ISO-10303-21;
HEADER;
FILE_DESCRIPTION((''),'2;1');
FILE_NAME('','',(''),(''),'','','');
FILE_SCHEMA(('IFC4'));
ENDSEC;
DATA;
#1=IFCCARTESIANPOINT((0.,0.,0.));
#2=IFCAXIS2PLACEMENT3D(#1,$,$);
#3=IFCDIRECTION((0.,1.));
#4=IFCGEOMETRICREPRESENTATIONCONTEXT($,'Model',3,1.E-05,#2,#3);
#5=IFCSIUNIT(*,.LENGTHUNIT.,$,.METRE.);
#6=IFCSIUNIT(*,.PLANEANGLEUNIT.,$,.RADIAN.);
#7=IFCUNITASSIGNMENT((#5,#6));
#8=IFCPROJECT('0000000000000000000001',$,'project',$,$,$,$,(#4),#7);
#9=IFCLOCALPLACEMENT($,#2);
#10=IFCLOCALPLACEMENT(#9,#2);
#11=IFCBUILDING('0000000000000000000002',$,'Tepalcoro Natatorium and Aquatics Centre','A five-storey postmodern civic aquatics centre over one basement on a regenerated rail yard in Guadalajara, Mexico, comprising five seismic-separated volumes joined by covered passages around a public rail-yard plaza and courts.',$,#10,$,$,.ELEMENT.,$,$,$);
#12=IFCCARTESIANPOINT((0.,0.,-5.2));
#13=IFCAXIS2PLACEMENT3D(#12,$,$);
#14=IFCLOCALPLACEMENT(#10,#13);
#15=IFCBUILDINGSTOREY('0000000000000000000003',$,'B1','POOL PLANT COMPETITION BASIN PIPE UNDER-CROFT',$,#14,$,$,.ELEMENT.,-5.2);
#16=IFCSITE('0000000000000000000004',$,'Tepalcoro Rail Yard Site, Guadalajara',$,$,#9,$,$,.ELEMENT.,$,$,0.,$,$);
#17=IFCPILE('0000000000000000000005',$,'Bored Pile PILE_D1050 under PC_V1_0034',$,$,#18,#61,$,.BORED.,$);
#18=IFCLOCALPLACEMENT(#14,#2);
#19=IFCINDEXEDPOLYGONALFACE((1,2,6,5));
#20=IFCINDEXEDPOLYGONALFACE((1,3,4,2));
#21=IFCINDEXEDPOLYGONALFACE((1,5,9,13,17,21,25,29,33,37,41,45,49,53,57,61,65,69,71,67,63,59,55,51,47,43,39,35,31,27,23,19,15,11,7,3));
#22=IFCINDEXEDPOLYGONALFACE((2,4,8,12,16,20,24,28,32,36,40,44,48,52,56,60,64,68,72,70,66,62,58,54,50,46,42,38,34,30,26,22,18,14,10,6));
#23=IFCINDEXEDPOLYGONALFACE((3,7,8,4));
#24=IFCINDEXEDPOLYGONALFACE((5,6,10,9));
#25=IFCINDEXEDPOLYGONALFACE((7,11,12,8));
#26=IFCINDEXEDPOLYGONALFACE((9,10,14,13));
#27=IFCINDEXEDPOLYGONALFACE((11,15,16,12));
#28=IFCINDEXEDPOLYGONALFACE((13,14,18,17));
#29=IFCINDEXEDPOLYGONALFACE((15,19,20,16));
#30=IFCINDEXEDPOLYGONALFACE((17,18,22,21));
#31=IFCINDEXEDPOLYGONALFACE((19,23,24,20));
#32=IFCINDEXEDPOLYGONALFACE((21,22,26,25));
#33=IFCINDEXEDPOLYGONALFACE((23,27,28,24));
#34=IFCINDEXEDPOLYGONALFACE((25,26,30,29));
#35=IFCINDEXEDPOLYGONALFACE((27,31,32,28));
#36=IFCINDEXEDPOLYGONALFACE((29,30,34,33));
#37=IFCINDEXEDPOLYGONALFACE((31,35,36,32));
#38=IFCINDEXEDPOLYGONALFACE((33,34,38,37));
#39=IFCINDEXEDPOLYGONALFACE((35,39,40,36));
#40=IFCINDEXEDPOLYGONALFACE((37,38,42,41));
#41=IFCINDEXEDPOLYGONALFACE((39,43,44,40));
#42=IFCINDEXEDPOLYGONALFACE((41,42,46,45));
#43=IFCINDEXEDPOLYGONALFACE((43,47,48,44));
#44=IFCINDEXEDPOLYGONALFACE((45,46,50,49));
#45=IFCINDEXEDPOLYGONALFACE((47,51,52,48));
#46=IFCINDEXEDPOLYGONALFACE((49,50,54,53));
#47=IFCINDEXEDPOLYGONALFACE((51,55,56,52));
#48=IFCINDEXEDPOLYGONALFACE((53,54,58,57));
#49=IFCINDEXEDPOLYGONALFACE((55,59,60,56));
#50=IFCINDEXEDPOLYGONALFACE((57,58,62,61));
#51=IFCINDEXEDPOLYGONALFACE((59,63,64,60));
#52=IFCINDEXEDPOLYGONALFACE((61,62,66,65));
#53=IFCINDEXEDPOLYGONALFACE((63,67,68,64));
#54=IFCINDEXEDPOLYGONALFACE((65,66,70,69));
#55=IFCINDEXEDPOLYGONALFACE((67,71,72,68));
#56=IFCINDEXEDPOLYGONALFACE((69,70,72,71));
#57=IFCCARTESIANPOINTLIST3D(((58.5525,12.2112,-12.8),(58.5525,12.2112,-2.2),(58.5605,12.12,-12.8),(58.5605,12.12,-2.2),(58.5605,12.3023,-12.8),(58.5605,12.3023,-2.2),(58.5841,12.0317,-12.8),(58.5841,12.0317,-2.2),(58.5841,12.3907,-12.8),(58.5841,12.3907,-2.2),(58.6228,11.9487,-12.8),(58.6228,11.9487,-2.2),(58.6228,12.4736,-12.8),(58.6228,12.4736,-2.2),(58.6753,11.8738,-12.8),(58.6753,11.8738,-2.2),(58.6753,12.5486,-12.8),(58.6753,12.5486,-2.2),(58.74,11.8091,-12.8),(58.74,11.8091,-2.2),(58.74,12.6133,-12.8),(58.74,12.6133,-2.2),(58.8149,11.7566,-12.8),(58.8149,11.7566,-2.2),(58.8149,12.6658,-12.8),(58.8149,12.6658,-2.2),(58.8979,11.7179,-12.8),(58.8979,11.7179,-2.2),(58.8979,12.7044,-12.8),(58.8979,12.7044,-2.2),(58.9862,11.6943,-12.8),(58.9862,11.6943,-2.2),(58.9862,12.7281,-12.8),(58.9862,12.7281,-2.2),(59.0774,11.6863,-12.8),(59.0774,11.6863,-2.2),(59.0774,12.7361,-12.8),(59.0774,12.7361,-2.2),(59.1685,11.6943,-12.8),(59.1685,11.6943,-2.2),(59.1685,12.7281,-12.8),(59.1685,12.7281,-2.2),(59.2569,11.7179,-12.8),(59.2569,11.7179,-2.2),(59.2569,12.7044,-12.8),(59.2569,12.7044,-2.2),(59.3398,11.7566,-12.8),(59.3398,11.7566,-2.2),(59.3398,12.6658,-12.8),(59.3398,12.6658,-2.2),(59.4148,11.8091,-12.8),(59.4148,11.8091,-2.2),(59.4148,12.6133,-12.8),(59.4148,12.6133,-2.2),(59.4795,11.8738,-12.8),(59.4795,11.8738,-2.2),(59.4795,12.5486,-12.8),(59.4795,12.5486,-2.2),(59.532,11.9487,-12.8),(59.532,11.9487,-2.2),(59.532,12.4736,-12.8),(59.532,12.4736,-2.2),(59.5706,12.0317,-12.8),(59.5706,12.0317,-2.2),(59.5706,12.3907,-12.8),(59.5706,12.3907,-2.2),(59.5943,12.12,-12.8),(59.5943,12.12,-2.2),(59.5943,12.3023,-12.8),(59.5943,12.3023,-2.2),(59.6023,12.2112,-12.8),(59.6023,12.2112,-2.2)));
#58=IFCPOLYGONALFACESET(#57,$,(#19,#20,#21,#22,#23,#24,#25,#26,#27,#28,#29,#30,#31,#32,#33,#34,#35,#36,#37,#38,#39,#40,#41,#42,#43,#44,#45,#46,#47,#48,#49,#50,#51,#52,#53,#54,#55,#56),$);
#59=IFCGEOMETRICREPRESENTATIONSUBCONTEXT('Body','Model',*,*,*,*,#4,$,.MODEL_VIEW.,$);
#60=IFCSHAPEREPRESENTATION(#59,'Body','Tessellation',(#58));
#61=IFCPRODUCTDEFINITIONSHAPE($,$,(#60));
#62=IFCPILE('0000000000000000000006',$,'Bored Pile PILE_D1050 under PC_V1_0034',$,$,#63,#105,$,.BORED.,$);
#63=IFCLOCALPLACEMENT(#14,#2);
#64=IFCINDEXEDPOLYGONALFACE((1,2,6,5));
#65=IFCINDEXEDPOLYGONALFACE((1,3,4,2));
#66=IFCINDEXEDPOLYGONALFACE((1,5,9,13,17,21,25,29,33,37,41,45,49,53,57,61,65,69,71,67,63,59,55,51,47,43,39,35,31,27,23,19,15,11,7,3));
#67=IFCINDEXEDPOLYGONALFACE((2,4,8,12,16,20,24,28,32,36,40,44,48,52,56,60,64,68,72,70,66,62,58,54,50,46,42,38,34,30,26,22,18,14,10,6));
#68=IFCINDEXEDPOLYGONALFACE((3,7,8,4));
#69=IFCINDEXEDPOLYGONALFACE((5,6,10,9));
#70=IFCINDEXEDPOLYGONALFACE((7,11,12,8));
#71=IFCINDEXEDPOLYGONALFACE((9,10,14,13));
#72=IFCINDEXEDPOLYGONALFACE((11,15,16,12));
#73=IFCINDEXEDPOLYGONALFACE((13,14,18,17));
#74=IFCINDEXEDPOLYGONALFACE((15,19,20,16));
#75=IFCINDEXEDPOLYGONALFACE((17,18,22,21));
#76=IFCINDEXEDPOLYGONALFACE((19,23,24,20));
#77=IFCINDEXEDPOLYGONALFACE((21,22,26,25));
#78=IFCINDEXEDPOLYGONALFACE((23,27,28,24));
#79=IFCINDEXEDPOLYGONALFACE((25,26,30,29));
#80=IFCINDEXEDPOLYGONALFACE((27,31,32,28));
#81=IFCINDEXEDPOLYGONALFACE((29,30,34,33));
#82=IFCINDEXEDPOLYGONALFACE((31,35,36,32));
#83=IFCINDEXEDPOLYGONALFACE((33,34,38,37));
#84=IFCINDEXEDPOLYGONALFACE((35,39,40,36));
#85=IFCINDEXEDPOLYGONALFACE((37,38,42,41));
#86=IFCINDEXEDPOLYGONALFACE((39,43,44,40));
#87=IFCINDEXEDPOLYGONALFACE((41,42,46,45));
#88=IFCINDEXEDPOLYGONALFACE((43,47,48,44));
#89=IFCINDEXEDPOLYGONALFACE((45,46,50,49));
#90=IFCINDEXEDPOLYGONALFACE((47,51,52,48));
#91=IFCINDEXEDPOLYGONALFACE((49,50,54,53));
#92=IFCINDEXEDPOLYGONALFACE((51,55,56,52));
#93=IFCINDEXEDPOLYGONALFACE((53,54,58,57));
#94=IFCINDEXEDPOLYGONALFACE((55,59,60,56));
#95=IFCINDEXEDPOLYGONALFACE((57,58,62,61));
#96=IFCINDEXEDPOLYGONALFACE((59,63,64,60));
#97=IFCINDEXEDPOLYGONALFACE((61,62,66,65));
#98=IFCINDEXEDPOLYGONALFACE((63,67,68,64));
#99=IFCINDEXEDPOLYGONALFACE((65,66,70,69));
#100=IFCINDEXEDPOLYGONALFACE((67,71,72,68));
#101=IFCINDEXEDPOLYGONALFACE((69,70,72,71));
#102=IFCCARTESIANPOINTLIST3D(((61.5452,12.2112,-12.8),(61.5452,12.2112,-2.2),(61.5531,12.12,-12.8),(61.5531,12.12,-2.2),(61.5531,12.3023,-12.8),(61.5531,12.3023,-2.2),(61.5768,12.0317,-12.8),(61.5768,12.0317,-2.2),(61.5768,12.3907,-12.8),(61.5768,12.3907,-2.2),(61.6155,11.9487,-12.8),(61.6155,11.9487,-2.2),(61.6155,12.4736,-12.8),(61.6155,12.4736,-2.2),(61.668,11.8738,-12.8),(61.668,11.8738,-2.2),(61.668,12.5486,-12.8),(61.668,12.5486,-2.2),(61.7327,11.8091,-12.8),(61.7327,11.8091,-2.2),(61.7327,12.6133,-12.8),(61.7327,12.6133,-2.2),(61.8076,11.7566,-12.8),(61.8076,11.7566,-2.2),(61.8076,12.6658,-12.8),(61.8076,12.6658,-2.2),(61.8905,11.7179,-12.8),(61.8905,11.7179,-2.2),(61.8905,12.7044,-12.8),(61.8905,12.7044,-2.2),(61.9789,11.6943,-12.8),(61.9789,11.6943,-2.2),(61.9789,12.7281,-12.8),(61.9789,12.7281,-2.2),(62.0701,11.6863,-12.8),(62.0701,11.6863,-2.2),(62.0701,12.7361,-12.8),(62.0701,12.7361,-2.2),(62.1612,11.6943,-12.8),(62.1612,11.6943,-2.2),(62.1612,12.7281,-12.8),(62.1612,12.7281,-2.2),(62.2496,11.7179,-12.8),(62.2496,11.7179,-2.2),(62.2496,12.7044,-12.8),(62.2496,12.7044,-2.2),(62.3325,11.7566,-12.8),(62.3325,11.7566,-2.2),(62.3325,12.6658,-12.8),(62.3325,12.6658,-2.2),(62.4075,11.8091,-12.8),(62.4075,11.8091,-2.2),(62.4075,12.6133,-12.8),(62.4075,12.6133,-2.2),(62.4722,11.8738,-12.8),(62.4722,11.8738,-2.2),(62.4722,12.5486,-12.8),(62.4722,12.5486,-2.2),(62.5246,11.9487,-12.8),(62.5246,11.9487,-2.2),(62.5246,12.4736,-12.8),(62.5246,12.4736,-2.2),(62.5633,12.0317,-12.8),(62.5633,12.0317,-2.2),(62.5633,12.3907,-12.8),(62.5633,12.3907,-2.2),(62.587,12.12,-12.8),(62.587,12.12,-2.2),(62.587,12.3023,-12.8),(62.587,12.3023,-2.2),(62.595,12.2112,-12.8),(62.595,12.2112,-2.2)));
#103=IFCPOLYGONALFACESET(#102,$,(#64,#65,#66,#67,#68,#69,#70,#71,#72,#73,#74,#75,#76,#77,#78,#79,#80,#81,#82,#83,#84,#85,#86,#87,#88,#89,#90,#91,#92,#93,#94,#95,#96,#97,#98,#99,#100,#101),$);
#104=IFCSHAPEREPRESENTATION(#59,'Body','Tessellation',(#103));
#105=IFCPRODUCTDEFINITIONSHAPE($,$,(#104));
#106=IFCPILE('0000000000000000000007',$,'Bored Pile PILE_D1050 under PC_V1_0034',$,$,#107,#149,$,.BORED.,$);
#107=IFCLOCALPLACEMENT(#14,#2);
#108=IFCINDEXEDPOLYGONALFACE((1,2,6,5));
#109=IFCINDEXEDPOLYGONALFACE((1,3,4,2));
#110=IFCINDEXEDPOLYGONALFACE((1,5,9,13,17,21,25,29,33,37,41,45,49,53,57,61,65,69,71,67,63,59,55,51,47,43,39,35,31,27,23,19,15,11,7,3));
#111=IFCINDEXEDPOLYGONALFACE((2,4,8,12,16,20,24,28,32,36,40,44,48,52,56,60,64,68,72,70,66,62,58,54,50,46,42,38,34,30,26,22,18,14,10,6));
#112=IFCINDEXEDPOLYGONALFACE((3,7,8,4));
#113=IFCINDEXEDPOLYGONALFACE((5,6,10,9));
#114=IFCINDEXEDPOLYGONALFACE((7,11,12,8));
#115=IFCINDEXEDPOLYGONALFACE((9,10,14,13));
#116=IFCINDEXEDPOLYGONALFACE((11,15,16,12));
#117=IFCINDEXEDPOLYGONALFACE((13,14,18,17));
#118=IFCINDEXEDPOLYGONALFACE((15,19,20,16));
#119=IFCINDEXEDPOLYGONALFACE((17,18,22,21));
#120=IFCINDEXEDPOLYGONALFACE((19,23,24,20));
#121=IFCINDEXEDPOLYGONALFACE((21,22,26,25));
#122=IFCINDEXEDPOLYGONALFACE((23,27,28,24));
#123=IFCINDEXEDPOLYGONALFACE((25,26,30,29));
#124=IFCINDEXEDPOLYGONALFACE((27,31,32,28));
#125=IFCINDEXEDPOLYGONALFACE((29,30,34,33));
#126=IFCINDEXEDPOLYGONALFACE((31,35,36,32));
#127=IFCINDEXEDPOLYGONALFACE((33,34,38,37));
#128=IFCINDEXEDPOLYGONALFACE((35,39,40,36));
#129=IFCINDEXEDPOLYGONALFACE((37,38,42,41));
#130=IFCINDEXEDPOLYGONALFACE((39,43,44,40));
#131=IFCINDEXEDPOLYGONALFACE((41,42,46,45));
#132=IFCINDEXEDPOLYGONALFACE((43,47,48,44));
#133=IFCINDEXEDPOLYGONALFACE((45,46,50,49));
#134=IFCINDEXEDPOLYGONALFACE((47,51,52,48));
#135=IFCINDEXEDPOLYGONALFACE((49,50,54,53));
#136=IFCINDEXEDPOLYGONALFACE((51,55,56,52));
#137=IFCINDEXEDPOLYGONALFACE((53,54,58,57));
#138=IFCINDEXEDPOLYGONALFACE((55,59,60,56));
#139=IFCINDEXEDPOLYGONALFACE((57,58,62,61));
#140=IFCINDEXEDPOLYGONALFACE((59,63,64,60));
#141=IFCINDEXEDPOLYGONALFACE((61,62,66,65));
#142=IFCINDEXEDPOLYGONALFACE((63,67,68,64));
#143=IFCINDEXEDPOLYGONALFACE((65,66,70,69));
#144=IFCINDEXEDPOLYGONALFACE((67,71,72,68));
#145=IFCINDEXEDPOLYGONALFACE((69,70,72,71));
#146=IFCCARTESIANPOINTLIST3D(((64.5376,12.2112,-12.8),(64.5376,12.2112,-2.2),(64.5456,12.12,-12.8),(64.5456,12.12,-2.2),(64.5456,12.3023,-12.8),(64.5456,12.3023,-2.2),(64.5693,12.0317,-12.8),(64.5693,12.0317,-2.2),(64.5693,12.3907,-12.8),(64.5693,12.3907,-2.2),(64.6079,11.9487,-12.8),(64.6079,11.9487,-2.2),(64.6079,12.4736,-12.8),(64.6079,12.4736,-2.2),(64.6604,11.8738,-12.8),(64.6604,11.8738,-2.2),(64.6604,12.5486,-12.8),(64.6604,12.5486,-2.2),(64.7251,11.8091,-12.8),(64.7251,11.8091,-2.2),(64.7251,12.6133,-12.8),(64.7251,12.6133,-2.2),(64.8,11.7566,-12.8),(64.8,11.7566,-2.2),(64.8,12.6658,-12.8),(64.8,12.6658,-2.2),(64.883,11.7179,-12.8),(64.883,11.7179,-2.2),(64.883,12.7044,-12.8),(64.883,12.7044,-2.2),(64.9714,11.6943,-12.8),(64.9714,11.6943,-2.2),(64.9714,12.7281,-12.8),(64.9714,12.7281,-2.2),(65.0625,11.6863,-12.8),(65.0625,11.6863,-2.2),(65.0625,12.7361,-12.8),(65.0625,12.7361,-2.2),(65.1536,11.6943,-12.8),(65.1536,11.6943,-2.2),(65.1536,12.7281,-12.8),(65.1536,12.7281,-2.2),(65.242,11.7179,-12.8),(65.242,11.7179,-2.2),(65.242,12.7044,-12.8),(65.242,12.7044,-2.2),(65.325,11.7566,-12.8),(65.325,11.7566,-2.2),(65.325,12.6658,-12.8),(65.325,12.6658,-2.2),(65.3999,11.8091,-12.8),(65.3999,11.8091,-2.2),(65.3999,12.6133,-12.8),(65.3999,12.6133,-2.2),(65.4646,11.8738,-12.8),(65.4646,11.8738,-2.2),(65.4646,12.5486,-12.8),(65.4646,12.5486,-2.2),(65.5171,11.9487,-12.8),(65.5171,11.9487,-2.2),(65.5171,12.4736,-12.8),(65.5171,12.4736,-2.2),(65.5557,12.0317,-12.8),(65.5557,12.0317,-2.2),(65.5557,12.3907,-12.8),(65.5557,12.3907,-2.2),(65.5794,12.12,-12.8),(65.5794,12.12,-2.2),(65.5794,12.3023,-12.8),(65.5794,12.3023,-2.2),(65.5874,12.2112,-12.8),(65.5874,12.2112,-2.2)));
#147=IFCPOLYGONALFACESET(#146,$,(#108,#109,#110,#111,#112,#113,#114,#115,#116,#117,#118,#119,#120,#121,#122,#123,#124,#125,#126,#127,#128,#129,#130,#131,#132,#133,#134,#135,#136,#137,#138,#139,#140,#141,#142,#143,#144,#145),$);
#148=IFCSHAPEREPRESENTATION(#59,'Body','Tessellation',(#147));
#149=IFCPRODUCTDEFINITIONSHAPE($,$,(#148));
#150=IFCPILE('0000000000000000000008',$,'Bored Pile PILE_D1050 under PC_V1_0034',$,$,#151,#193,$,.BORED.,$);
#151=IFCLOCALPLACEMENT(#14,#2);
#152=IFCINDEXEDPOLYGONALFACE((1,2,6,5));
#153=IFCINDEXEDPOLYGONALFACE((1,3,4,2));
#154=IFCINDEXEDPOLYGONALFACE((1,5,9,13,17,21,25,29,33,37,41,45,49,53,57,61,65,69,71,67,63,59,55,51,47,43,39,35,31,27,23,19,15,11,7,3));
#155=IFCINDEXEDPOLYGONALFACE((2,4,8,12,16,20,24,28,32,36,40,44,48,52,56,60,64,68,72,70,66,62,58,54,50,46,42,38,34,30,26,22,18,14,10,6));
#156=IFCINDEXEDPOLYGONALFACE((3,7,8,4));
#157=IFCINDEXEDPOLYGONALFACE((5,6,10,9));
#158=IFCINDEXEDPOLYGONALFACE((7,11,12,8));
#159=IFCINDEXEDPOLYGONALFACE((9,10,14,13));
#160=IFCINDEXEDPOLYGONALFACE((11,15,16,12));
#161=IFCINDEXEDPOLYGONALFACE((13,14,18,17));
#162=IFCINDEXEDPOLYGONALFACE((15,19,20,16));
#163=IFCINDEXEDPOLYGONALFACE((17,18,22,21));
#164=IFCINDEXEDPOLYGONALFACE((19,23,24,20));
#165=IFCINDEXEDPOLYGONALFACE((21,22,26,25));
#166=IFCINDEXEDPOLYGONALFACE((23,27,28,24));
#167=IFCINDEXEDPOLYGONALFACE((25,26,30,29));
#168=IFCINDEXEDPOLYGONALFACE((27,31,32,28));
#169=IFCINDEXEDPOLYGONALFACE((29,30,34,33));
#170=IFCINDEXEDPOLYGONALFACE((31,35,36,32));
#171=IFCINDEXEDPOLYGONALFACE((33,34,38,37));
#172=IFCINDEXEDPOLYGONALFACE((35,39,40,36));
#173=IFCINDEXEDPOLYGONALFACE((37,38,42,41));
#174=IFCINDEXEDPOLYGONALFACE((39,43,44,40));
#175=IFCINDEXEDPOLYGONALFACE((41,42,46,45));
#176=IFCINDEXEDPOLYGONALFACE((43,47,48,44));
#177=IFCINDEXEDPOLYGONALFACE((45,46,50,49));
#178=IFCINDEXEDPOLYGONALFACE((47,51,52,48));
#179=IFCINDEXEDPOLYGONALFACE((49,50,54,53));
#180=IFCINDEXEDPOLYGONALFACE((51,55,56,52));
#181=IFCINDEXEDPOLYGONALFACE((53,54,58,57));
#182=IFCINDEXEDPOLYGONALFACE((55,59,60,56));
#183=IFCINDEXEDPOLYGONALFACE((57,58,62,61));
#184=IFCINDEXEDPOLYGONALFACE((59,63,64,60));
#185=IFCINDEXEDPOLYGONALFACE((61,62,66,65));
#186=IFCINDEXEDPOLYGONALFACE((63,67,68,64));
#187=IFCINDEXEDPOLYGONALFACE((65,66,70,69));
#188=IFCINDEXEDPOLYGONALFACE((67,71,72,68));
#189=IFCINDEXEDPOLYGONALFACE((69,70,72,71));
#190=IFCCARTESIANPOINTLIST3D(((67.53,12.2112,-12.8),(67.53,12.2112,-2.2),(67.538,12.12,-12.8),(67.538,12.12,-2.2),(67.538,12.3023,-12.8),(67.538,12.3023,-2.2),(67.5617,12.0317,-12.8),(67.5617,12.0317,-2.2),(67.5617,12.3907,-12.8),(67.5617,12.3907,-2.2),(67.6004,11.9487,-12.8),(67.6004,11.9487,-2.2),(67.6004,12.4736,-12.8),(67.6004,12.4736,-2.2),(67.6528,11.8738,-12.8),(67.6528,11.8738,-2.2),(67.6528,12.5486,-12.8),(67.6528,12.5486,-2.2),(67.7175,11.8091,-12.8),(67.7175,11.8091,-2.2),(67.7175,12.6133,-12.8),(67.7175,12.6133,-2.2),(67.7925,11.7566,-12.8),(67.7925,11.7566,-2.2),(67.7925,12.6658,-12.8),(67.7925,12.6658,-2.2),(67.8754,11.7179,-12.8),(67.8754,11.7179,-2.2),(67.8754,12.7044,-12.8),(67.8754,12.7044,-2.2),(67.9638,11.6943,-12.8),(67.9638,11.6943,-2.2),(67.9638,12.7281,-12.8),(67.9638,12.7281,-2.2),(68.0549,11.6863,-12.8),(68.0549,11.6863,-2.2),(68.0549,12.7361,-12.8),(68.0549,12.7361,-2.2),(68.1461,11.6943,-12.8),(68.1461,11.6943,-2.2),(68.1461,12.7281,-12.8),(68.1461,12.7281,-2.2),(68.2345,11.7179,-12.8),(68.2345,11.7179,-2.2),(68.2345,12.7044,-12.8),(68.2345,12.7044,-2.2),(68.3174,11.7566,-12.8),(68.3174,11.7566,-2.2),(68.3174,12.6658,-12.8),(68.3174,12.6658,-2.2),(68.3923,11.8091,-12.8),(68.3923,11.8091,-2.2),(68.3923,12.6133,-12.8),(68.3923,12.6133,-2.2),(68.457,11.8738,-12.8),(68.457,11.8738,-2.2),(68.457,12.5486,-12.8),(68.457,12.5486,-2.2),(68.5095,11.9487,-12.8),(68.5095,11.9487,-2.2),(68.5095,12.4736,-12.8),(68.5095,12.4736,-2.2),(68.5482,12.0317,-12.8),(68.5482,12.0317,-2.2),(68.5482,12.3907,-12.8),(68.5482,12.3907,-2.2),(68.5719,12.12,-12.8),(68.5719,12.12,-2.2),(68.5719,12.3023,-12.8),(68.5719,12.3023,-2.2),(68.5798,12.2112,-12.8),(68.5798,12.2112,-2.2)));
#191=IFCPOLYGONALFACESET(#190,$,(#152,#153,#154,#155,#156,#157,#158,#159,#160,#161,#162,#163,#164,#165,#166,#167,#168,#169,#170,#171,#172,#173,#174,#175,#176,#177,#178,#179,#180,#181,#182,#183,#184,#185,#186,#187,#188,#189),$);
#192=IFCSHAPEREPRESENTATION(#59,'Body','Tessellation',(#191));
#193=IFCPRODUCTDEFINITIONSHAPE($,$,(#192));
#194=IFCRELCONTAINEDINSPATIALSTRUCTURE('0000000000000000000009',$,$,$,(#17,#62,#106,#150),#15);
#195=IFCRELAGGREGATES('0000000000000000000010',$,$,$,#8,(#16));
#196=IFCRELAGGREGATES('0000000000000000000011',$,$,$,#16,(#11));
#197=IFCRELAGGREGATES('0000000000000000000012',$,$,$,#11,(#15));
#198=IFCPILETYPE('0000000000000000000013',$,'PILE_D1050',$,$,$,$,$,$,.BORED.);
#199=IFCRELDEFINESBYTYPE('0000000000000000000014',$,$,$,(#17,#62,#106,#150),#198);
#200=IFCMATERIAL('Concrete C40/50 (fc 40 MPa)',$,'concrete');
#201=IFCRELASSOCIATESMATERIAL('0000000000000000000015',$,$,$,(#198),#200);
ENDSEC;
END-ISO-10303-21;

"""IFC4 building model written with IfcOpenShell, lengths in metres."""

from ifc_helpers import new_model, si_unit, direction, frame, origin, origin_2d, place, context, subcontext, project, spatial, circle, extrude, material, material_profile, profile_set, type_object, element, save


model = new_model("IFC4")

# Units and contexts
model_context = context("Model", 3, precision=1e-05, world=origin(), true_north=direction((0.0, 1.0)))
body_context = subcontext(model_context, "Body", "Model", "MODEL_VIEW")
ifc_project = project(units=[si_unit("LENGTHUNIT", "METRE"), si_unit("PLANEANGLEUNIT", "RADIAN")], contexts=[model_context])

# Site, building, storey
site_placement = place(None, origin())
site = spatial("IfcSite", under=ifc_project, at=site_placement, Name="Tepalcoro Rail Yard Site, Guadalajara", CompositionType="ELEMENT", RefElevation=0.0)
building_placement = place(site_placement, origin())
building = spatial("IfcBuilding", under=site, at=building_placement, Name="Tepalcoro Natatorium and Aquatics Centre", Description="A five-storey postmodern civic aquatics centre over one basement on a regenerated rail yard in Guadalajara, Mexico, comprising five seismic-separated volumes joined by covered passages around a public rail-yard plaza and courts.", CompositionType="ELEMENT")
storey_placement = place(building_placement, frame((0.0, 0.0, -5.2)))
storey = spatial("IfcBuildingStorey", under=building, at=storey_placement, Name="B1", Description="POOL PLANT COMPETITION BASIN PIPE UNDER-CROFT", CompositionType="ELEMENT", Elevation=-5.2)

# Piles
ifc_material_1 = material(Name="Concrete C40/50 (fc 40 MPa)", Category="concrete")
ifc_material_profile_1 = material_profile(ifc_material_1, circle(Radius=0.5249, at=origin_2d()), Name="PILE_D1050")
ifc_profile_set_1 = profile_set([ifc_material_profile_1], Name="Concrete C40/50 (fc 40 MPa)")
pile_type_1 = type_object("IfcPileType", Name="PILE_D1050", PredefinedType="BORED", material=ifc_profile_set_1)
for number, where, z_axis, x_axis, name in (
    (1, (59.0774, 12.2112, -2.2), (0.0, 0.0, -1.0), (1.0, 0.0, 0.0), "Bored Pile PILE_D1050 under PC_V1_0034"),
    (2, (62.0701, 12.2112, -2.2), (0.0, 0.0, -1.0), (1.0, 0.0, 0.0), "Bored Pile PILE_D1050 under PC_V1_0034"),
    (3, (65.0625, 12.2112, -2.2), (0.0, 0.0, -1.0), (1.0, 0.0, 0.0), "Bored Pile PILE_D1050 under PC_V1_0034"),
    (4, (68.0549, 12.2112, -2.2), (0.0, 0.0, -1.0), (1.0, 0.0, 0.0), "Bored Pile PILE_D1050 under PC_V1_0034"),
):
    element("IfcPile", number, at=place(storey_placement, frame(where, z_axis=z_axis, x_axis=x_axis)), inside=storey, type_object=pile_type_1, Name=name, PredefinedType="BORED", context=body_context, shape_type="SweptSolid", body=[
        extrude(circle(Radius=0.5249, at=origin_2d()), origin(), (0.0, 0.0, 1.0), 10.6001),
    ])

save(model, "model.ifc")
